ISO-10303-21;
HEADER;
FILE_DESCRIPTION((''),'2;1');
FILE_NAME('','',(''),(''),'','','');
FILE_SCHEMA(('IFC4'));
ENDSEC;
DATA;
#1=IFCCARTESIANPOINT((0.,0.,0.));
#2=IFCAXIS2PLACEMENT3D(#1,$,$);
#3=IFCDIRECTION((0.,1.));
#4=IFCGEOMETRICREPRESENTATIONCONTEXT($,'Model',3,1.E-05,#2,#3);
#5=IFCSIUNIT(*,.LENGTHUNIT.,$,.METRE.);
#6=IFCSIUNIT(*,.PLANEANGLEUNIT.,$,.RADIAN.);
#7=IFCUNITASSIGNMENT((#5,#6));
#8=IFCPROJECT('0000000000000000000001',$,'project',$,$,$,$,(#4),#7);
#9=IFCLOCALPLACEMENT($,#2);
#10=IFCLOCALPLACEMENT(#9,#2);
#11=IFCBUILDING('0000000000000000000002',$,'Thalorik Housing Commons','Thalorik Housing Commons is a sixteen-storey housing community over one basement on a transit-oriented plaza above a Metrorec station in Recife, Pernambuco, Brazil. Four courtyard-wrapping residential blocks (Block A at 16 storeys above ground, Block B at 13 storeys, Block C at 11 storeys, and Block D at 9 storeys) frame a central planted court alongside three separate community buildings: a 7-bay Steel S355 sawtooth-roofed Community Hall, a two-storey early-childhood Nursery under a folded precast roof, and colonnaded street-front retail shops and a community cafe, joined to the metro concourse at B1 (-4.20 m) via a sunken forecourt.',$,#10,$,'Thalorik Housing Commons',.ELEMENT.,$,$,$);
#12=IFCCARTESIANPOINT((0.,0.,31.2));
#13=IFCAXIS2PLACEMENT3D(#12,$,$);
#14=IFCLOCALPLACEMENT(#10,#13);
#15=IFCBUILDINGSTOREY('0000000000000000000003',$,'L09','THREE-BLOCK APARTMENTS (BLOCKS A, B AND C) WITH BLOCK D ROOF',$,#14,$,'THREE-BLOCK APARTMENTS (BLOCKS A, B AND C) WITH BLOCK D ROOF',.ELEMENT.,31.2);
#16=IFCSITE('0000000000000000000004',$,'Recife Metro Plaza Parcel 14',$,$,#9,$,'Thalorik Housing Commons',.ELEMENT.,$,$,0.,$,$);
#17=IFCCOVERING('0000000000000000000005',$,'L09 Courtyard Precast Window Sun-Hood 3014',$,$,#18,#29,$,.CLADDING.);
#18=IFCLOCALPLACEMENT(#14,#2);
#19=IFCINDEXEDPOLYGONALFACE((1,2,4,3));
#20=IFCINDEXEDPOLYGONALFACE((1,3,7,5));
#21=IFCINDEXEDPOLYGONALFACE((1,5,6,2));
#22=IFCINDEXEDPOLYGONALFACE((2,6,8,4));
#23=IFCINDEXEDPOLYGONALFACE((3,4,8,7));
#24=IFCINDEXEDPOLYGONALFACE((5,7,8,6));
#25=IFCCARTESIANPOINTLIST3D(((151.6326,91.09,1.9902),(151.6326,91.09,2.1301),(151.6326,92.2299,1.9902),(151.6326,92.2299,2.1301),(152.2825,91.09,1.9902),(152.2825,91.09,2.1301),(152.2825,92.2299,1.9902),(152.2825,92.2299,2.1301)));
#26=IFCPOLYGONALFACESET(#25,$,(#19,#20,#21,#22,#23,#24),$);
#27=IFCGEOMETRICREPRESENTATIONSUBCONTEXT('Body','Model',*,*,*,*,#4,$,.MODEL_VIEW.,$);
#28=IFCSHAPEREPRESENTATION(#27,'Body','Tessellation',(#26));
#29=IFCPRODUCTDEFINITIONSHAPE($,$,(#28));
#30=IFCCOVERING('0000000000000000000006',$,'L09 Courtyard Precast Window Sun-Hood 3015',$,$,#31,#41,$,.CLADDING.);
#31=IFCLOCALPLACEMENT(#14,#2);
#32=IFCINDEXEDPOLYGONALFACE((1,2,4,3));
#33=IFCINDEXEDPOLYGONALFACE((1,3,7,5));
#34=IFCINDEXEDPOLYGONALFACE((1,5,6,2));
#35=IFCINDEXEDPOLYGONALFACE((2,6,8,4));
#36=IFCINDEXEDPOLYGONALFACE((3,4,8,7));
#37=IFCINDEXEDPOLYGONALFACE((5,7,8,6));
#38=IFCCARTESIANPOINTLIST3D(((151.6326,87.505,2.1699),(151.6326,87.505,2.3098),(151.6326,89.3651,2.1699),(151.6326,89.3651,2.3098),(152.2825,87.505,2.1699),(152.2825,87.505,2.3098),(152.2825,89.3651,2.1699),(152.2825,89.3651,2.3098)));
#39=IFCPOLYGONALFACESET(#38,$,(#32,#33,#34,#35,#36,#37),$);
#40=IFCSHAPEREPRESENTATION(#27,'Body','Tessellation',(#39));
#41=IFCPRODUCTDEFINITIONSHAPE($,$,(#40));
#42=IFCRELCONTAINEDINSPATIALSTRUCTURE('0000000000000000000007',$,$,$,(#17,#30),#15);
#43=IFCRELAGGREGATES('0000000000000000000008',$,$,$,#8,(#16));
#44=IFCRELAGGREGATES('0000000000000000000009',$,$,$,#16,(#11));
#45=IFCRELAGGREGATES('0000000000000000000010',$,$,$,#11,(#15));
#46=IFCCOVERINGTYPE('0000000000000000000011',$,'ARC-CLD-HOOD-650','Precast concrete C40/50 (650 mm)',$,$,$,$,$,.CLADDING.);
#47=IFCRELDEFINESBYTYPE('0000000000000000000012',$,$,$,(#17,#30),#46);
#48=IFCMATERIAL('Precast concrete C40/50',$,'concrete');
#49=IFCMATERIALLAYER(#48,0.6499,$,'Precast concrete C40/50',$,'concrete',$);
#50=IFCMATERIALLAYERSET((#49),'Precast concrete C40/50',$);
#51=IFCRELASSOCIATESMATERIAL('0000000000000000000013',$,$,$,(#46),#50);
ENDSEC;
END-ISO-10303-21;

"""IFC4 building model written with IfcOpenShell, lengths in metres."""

from ifc_helpers import new_model, si_unit, direction, frame, origin, origin_2d, place, context, subcontext, project, spatial, rectangle, extrude, material, layer, layer_set, type_object, element, save


model = new_model("IFC4")

# Units and contexts
model_context = context("Model", 3, precision=1e-05, world=origin(), true_north=direction((0.0, 1.0)))
body_context = subcontext(model_context, "Body", "Model", "MODEL_VIEW")
ifc_project = project(units=[si_unit("LENGTHUNIT", "METRE"), si_unit("PLANEANGLEUNIT", "RADIAN")], contexts=[model_context])

# Site, building, storey
site_placement = place(None, origin())
site = spatial("IfcSite", under=ifc_project, at=site_placement, Name="Recife Metro Plaza Parcel 14", LongName="Thalorik Housing Commons", CompositionType="ELEMENT", RefElevation=0.0)
building_placement = place(site_placement, origin())
building = spatial("IfcBuilding", under=site, at=building_placement, Name="Thalorik Housing Commons", Description="Thalorik Housing Commons is a sixteen-storey housing community over one basement on a transit-oriented plaza above a Metrorec station in Recife, Pernambuco, Brazil. Four courtyard-wrapping residential blocks (Block A at 16 storeys above ground, Block B at 13 storeys, Block C at 11 storeys, and Block D at 9 storeys) frame a central planted court alongside three separate community buildings: a 7-bay Steel S355 sawtooth-roofed Community Hall, a two-storey early-childhood Nursery under a folded precast roof, and colonnaded street-front retail shops and a community cafe, joined to the metro concourse at B1 (-4.20 m) via a sunken forecourt.", LongName="Thalorik Housing Commons", CompositionType="ELEMENT")
storey_placement = place(building_placement, frame((0.0, 0.0, 31.2)))
storey = spatial("IfcBuildingStorey", under=building, at=storey_placement, Name="L09", Description="THREE-BLOCK APARTMENTS (BLOCKS A, B AND C) WITH BLOCK D ROOF", LongName="THREE-BLOCK APARTMENTS (BLOCKS A, B AND C) WITH BLOCK D ROOF", CompositionType="ELEMENT", Elevation=31.2)

# Shared definitions
ifc_material_1 = material(Name="Precast concrete C40/50", Category="concrete")

# Coverings
ifc_layer_1 = layer(ifc_material_1, 0.6499, Name="Precast concrete C40/50", Category="concrete")
ifc_layer_set_1 = layer_set([ifc_layer_1], Name="Precast concrete C40/50")
covering_type_1 = type_object("IfcCoveringType", Name="ARC-CLD-HOOD-650", Description="Precast concrete C40/50 (650 mm)", PredefinedType="CLADDING", material=ifc_layer_set_1)
for number, where, z_axis, x_axis, name in (
    (1, (151.9575, 91.6599, 1.9902), (0.0, 0.0, 1.0), (0.0, -1.0, 0.0), "L09 Courtyard Precast Window Sun-Hood 3014"),
):
    element("IfcCovering", number, at=place(storey_placement, frame(where, z_axis=z_axis, x_axis=x_axis)), inside=storey, type_object=covering_type_1, Name=name, PredefinedType="CLADDING", context=body_context, shape_type="SweptSolid", body=[
        extrude(rectangle(XDim=1.1399, YDim=0.6499, at=origin_2d()), origin(), (0.0, 0.0, 1.0), 0.1399),
    ])
covering_placement = place(storey_placement, frame((151.9575, 88.4351, 2.1699), z_axis=(0.0, 0.0, 1.0), x_axis=(0.0, -1.0, 0.0)))
element("IfcCovering", 2, at=covering_placement, inside=storey, type_object=covering_type_1, Name="L09 Courtyard Precast Window Sun-Hood 3015", PredefinedType="CLADDING", context=body_context, shape_type="SweptSolid", body=[
    extrude(rectangle(XDim=1.8601, YDim=0.6499, at=origin_2d()), origin(), (0.0, 0.0, 1.0), 0.1399),
])

save(model, "model.ifc")
